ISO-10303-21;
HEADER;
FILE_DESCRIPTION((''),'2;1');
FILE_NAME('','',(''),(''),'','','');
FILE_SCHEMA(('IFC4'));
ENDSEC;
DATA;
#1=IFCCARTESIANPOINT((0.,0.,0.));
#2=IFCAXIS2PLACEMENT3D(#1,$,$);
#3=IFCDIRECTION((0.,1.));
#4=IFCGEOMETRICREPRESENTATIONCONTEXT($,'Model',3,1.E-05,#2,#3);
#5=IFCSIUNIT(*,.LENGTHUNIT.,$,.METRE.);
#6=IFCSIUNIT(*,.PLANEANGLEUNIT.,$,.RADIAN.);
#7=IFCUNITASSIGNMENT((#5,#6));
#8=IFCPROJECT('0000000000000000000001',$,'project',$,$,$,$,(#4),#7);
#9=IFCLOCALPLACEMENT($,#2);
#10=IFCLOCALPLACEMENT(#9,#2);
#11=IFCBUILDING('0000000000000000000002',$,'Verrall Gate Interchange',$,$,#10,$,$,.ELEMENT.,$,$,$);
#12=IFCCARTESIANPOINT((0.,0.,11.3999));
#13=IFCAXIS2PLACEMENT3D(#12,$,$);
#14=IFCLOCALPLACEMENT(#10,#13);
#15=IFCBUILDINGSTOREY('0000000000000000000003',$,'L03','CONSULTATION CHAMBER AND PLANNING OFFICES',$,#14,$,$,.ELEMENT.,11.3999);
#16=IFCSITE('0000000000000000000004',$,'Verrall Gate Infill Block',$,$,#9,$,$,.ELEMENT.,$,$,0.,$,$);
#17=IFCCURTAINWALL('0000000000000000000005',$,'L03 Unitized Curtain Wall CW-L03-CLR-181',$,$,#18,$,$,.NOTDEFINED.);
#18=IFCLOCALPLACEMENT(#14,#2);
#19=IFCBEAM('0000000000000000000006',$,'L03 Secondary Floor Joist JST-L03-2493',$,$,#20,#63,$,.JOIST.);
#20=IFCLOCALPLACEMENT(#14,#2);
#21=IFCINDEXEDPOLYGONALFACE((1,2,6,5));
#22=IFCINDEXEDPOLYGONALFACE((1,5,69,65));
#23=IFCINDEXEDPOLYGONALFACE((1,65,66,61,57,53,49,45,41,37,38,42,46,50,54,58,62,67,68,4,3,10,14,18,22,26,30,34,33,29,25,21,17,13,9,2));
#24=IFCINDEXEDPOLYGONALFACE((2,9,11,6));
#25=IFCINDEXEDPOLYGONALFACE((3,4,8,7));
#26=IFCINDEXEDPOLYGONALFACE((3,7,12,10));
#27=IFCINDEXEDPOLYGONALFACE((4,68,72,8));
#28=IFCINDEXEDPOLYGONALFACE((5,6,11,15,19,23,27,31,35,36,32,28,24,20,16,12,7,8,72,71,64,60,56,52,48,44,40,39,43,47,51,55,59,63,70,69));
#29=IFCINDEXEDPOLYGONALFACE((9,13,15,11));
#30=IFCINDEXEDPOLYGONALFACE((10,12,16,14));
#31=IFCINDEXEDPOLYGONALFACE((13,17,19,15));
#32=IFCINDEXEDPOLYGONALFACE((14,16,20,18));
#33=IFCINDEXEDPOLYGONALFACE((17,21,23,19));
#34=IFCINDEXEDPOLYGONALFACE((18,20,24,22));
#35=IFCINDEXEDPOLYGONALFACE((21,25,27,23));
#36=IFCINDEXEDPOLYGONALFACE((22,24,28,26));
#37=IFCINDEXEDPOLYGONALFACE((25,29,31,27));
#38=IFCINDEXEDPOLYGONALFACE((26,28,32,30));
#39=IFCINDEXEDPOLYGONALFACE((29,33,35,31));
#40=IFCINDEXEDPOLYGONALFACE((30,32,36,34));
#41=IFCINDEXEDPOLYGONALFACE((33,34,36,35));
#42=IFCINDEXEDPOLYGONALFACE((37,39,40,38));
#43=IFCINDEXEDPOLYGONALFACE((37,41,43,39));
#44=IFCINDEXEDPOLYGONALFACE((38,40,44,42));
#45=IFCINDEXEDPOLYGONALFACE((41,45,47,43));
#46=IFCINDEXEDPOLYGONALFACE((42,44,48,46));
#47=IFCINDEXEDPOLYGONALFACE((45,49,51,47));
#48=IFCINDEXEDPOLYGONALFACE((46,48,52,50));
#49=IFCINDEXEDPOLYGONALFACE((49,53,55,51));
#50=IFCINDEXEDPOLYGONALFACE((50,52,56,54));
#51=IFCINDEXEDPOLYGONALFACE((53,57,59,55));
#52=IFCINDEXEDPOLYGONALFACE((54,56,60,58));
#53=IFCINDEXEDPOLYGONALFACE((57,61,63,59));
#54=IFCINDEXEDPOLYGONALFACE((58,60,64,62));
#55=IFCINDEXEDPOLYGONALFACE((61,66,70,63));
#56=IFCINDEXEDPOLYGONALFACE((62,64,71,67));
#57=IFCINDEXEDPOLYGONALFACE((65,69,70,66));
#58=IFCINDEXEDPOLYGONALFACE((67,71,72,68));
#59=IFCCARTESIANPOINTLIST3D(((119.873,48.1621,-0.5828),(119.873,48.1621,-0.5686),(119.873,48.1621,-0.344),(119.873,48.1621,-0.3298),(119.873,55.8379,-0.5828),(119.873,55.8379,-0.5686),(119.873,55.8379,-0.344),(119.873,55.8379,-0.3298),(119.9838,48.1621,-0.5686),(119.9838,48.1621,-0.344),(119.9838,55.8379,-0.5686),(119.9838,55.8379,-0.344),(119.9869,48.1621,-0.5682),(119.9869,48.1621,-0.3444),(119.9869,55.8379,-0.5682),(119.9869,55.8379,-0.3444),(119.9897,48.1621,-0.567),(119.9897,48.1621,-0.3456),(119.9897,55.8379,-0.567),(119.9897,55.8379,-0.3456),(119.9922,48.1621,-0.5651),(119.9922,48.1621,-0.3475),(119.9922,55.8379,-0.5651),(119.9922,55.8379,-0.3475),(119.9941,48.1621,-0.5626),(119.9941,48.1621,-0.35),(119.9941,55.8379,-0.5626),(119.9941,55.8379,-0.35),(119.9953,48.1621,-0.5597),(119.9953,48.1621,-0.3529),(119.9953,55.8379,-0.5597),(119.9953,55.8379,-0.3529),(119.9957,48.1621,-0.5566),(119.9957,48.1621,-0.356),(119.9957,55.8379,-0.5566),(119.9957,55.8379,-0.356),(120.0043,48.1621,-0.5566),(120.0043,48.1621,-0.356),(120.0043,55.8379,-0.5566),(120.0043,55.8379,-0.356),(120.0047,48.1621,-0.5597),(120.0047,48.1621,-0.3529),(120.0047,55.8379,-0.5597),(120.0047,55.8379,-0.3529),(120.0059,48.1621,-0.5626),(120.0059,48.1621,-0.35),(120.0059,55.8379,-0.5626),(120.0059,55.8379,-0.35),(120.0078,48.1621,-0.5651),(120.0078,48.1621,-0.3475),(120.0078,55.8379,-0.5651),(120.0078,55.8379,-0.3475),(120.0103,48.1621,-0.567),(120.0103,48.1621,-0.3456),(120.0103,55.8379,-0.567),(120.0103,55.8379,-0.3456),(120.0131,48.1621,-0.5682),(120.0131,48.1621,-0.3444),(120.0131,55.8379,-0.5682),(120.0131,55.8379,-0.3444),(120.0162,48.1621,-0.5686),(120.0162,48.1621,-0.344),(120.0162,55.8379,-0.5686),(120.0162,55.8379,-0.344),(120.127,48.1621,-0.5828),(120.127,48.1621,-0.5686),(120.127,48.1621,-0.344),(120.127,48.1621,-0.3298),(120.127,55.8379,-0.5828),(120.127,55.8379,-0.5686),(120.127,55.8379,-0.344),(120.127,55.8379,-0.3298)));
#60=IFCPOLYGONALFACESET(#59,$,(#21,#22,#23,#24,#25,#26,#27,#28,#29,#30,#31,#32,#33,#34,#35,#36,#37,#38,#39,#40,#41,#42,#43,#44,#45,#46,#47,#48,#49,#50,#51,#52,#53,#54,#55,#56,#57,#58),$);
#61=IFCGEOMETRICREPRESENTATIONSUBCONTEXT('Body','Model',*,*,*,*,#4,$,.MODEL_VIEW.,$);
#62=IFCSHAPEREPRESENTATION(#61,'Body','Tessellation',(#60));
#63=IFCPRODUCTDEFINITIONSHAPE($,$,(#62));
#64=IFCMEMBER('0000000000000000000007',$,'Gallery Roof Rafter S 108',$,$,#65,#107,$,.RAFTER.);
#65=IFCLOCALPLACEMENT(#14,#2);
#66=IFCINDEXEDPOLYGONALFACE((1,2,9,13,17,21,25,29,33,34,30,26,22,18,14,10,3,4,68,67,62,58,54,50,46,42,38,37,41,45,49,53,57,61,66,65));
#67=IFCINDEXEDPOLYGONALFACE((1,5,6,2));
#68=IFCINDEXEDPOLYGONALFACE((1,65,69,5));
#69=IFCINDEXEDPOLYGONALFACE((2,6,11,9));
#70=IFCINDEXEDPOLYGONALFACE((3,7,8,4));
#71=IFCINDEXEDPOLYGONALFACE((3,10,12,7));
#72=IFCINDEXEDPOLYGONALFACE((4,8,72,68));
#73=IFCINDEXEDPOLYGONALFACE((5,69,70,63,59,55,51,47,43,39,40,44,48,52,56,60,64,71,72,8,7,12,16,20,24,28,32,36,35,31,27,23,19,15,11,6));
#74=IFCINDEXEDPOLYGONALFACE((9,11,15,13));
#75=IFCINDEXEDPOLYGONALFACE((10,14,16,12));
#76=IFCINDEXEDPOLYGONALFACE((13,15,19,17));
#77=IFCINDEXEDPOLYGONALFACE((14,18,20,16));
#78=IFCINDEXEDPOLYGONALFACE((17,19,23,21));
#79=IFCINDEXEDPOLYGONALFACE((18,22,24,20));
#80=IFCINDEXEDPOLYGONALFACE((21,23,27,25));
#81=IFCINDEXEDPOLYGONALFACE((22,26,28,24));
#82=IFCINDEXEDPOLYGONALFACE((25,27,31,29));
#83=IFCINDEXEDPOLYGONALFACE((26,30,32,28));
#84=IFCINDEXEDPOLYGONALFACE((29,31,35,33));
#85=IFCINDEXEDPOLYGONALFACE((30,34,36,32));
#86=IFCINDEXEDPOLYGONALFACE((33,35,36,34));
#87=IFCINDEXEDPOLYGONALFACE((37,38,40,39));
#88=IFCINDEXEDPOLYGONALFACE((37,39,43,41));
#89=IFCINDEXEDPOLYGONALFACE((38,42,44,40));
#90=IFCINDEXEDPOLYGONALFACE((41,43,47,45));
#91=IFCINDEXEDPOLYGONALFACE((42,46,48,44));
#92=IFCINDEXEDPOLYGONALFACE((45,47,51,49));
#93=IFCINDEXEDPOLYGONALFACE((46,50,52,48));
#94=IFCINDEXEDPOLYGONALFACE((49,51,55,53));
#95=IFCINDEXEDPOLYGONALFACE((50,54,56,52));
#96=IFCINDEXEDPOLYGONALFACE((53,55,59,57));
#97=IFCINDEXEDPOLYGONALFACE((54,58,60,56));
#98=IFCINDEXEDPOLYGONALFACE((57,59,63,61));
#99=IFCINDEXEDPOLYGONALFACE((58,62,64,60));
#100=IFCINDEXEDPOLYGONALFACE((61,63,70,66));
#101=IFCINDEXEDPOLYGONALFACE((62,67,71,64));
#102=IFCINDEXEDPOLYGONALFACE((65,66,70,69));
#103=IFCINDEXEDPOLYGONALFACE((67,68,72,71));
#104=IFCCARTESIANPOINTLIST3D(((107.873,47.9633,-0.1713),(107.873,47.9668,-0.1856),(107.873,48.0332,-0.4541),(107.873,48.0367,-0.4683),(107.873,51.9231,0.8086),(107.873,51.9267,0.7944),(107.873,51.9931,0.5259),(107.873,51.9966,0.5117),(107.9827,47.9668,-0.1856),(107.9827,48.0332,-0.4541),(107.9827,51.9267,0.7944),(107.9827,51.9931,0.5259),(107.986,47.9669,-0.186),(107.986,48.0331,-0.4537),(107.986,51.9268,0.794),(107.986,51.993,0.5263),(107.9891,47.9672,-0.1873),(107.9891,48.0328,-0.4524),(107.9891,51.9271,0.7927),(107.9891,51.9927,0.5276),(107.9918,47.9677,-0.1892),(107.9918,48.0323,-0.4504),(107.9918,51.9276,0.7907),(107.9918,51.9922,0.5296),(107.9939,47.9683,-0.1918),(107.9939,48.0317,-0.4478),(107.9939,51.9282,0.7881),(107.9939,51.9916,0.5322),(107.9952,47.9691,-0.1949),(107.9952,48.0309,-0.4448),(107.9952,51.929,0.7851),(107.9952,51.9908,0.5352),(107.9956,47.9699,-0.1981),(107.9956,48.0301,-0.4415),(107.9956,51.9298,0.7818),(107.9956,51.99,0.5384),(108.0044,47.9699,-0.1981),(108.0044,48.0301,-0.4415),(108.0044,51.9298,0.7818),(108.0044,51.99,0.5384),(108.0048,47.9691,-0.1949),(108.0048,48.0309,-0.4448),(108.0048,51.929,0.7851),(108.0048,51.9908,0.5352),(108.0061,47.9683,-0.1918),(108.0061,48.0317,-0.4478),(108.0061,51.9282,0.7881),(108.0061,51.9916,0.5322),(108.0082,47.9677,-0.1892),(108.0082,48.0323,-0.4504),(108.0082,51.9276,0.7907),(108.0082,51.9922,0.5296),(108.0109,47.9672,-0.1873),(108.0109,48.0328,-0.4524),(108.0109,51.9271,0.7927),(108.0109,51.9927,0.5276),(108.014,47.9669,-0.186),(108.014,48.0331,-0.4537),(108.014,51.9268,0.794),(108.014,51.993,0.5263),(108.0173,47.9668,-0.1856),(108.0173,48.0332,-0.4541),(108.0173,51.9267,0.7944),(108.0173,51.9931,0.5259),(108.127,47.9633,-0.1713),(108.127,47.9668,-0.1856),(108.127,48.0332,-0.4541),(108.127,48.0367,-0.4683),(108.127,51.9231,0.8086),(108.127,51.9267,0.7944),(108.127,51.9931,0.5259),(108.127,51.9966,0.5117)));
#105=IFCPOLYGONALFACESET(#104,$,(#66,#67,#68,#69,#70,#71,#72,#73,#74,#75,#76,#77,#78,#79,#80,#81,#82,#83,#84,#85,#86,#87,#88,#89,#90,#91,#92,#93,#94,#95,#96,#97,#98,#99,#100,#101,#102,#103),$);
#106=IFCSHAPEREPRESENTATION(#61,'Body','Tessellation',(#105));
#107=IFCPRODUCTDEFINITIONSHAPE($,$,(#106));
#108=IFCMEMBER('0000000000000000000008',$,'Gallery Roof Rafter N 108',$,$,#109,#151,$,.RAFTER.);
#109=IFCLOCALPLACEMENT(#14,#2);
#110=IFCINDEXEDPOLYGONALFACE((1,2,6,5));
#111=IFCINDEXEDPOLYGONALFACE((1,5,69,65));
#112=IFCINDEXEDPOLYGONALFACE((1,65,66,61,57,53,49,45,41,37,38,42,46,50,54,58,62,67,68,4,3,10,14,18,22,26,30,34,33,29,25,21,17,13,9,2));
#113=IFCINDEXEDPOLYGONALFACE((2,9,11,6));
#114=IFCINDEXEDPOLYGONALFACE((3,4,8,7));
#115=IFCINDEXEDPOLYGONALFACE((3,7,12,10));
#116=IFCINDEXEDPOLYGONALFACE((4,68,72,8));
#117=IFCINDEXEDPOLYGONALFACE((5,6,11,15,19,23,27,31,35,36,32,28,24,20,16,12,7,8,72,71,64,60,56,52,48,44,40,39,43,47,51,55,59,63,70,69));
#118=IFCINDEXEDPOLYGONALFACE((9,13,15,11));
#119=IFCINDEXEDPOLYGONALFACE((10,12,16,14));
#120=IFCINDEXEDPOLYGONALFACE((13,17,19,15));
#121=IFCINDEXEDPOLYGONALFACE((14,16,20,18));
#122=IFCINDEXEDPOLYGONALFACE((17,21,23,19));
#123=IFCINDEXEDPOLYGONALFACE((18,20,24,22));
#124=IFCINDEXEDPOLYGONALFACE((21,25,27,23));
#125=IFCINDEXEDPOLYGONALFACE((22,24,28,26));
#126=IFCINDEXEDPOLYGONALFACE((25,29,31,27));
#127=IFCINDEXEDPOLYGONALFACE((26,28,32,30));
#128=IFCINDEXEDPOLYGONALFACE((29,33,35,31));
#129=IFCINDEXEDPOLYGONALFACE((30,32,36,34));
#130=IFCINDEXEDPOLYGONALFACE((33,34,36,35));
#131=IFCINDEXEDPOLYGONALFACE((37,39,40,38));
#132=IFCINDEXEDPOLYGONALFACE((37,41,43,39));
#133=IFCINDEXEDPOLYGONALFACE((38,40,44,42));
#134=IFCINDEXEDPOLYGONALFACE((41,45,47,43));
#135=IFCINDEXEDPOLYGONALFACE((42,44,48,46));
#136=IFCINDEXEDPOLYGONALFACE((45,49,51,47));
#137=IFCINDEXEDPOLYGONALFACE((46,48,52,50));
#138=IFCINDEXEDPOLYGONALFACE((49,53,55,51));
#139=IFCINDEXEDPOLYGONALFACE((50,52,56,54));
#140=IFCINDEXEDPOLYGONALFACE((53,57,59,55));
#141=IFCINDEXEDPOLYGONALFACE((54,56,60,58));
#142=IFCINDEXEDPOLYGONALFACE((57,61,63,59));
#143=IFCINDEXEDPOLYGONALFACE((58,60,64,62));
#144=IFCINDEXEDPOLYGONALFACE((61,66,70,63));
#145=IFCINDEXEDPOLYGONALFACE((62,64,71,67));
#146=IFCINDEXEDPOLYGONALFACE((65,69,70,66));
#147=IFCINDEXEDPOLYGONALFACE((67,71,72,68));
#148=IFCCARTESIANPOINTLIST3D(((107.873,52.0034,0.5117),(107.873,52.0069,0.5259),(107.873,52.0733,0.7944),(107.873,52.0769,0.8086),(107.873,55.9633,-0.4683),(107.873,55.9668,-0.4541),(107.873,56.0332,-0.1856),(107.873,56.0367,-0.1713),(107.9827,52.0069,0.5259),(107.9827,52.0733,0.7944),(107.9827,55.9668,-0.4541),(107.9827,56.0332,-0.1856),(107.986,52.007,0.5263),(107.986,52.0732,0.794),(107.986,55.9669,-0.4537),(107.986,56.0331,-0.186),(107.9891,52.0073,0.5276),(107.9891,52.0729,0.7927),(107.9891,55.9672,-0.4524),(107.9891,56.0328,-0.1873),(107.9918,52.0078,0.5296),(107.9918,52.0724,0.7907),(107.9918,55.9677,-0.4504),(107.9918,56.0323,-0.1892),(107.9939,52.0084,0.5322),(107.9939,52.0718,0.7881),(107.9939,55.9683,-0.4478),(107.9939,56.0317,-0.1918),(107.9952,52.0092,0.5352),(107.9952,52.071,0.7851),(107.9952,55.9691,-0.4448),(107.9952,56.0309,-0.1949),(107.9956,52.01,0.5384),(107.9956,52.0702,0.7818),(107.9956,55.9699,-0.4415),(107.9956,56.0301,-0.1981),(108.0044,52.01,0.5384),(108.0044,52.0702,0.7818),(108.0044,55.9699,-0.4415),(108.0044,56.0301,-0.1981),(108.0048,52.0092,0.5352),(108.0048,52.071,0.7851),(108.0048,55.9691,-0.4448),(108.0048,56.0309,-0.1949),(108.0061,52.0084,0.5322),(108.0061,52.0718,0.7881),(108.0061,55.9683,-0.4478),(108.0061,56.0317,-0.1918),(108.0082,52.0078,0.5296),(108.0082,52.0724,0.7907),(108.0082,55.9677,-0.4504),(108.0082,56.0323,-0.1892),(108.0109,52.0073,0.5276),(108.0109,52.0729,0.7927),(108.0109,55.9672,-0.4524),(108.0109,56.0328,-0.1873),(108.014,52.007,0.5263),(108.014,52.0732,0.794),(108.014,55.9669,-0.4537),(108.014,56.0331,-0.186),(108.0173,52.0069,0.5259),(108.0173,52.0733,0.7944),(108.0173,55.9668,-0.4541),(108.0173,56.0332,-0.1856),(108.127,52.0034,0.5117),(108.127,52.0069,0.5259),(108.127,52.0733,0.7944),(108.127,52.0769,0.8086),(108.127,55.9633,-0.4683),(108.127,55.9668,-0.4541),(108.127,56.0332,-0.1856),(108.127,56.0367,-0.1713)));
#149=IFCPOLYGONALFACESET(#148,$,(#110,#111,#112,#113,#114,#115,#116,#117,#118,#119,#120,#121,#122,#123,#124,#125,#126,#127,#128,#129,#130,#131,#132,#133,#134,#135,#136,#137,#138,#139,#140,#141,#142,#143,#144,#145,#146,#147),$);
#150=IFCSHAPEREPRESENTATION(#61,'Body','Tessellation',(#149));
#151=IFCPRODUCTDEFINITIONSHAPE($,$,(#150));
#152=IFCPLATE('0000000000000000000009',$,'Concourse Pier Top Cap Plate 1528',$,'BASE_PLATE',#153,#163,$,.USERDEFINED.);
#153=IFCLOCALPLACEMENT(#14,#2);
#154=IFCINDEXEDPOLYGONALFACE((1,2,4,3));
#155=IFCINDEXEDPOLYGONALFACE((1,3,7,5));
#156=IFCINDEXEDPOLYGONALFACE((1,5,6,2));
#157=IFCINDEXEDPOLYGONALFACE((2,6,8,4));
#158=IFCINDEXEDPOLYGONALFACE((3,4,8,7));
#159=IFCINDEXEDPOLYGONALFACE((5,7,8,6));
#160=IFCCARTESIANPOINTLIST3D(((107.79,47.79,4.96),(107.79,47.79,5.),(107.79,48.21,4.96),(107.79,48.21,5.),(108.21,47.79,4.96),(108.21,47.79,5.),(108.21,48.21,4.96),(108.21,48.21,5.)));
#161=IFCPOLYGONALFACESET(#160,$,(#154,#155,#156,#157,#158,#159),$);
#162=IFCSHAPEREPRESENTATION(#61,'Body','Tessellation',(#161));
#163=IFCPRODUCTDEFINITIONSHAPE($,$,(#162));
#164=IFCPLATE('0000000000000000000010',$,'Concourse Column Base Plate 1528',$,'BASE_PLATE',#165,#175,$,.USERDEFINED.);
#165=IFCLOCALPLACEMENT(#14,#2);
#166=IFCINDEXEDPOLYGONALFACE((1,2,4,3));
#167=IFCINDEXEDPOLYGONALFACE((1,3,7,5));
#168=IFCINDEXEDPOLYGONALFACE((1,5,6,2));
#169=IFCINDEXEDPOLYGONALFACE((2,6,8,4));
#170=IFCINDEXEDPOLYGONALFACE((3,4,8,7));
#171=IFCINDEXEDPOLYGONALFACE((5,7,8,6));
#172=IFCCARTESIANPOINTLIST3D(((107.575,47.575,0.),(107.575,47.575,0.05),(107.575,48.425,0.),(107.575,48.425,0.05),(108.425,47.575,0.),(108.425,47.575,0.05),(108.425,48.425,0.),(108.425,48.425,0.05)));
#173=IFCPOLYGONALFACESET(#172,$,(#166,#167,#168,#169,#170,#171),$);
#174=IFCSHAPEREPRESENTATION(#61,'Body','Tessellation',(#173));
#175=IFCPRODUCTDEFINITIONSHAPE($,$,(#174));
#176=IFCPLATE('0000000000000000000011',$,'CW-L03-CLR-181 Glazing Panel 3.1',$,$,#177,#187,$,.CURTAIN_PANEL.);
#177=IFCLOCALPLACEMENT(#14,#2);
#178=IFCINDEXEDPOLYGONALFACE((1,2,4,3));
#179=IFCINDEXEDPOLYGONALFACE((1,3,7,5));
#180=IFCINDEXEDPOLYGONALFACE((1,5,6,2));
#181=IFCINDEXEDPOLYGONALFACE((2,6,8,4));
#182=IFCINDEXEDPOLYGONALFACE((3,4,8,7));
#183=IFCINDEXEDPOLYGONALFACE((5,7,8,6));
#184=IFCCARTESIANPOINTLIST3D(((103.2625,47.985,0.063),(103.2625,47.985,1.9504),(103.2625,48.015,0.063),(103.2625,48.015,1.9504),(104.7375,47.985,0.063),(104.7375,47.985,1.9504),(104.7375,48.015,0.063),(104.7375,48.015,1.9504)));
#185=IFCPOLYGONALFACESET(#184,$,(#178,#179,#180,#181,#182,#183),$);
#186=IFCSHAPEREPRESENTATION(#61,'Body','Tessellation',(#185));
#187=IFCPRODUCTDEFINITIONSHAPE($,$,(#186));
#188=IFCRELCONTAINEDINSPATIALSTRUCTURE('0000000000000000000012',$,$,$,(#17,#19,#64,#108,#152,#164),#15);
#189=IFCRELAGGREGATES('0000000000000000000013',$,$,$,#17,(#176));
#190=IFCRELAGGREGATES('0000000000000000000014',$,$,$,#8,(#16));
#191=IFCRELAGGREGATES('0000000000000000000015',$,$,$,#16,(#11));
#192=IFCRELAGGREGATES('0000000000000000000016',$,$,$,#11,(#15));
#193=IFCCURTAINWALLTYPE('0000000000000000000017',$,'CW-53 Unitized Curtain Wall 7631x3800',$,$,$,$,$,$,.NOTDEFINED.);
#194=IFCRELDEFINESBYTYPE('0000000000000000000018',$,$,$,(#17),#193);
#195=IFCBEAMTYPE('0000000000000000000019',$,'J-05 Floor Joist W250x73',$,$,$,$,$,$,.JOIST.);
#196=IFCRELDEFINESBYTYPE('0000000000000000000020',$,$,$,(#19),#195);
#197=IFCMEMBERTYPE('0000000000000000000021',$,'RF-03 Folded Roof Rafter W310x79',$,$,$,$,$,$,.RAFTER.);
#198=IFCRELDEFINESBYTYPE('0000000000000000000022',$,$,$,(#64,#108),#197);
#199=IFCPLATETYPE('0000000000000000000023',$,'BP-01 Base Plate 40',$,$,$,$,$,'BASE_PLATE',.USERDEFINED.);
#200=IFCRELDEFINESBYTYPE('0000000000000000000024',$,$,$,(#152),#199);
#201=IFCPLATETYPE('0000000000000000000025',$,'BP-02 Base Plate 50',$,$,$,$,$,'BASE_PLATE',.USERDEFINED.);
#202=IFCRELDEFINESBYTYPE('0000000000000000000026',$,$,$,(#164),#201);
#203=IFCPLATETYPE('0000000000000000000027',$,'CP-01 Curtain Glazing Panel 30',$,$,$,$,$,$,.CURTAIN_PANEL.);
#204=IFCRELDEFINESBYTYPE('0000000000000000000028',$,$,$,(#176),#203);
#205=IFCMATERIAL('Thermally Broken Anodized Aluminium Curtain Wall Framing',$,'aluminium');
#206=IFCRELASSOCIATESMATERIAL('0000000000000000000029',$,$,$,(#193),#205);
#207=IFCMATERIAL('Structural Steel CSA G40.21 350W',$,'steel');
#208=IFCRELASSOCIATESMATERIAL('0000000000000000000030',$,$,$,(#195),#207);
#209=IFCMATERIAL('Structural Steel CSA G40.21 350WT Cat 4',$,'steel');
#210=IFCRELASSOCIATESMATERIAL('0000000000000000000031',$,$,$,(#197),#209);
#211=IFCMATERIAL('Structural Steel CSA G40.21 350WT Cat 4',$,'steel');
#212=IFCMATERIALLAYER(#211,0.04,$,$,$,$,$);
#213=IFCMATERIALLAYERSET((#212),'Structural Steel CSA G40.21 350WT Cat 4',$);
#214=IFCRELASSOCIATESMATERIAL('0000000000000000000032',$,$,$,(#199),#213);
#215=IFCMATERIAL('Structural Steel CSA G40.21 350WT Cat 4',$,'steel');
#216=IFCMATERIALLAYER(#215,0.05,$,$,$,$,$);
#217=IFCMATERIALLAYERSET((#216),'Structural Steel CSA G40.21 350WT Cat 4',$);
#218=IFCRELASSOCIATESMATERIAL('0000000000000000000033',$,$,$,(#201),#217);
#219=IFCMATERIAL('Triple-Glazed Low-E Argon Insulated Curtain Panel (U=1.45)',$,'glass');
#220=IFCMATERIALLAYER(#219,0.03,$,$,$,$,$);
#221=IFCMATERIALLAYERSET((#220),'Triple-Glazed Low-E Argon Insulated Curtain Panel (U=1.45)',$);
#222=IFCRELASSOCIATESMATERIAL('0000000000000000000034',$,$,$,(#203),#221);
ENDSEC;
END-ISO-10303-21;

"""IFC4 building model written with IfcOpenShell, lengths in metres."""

from ifc_helpers import new_model, si_unit, direction, frame, origin, origin_2d, place, context, subcontext, project, spatial, rectangle, i_section, extrude, material, layer, layer_set, material_profile, profile_set, type_object, element, aggregate, save


model = new_model("IFC4")

# Units and contexts
model_context = context("Model", 3, precision=1e-05, world=origin(), true_north=direction((0.0, 1.0)))
body_context = subcontext(model_context, "Body", "Model", "MODEL_VIEW")
ifc_project = project(units=[si_unit("LENGTHUNIT", "METRE"), si_unit("PLANEANGLEUNIT", "RADIAN")], contexts=[model_context])

# Site, building, storey
site_placement = place(None, origin())
site = spatial("IfcSite", under=ifc_project, at=site_placement, Name="Verrall Gate Infill Block", CompositionType="ELEMENT", RefElevation=0.0)
building_placement = place(site_placement, origin())
building = spatial("IfcBuilding", under=site, at=building_placement, Name="Verrall Gate Interchange", CompositionType="ELEMENT")
storey_placement = place(building_placement, frame((0.0, 0.0, 11.3999)))
storey = spatial("IfcBuildingStorey", under=building, at=storey_placement, Name="L03", Description="CONSULTATION CHAMBER AND PLANNING OFFICES", CompositionType="ELEMENT", Elevation=11.3999)

# Curtain wall
ifc_material_1 = material(Name="Thermally Broken Anodized Aluminium Curtain Wall Framing", Category="aluminium")
curtain_wall_type = type_object("IfcCurtainWallType", Name="CW-53 Unitized Curtain Wall 7631x3800", PredefinedType="NOTDEFINED", material=ifc_material_1)
curtain_wall_placement = place(storey_placement, origin())
curtain_wall = element("IfcCurtainWall", 1, at=curtain_wall_placement, inside=storey, type_object=curtain_wall_type, Name="L03 Unitized Curtain Wall CW-L03-CLR-181", PredefinedType="NOTDEFINED")

# Beam
ifc_material_2 = material(Name="Structural Steel CSA G40.21 350W", Category="steel")
ifc_material_profile_1 = material_profile(ifc_material_2, i_section(OverallWidth=0.2539, OverallDepth=0.2529, WebThickness=0.0085, FlangeThickness=0.0142, FilletRadius=0.012, at=origin_2d()), Name="W250x73")
ifc_profile_set_1 = profile_set([ifc_material_profile_1], Name="Structural Steel CSA G40.21 350W")
beam_type_1 = type_object("IfcBeamType", Name="J-05 Floor Joist W250x73", PredefinedType="JOIST", material=ifc_profile_set_1)
beam_1_placement = place(storey_placement, frame((120.0, 48.1621, -0.4563), z_axis=(0.0, 1.0, 0.0), x_axis=(-1.0, 0.0, 0.0)))
element("IfcBeam", 2, at=beam_1_placement, inside=storey, type_object=beam_type_1, Name="L03 Secondary Floor Joist JST-L03-2493", PredefinedType="JOIST", context=body_context, shape_type="SweptSolid", body=[
    extrude(i_section(OverallWidth=0.2539, OverallDepth=0.2529, WebThickness=0.0085, FlangeThickness=0.0142, FilletRadius=0.012, at=origin_2d()), origin(), (0.0, 0.0, 1.0), 7.6758),
])

# Members
ifc_material_3 = material(Name="Structural Steel CSA G40.21 350WT Cat 4", Category="steel")
ifc_material_profile_2 = material_profile(ifc_material_3, i_section(OverallWidth=0.2539, OverallDepth=0.3059, WebThickness=0.0088, FlangeThickness=0.0146, FilletRadius=0.0129, at=origin_2d()), Name="W310x79")
ifc_profile_set_2 = profile_set([ifc_material_profile_2], Name="Structural Steel CSA G40.21 350WT Cat 4")
member_type_1 = type_object("IfcMemberType", Name="RF-03 Folded Roof Rafter W310x79", PredefinedType="RAFTER", material=ifc_profile_set_2)
for number, where, z_axis, x_axis, name in (
    (3, (108.0, 48.0, -0.3198), (0.0, 0.970717, 0.240226), (-1.0, 0.0, 0.0), "Gallery Roof Rafter S 108"),
    (4, (108.0, 56.0, -0.3198), (0.0, -0.970717, 0.240226), (1.0, 0.0, 0.0), "Gallery Roof Rafter N 108"),
):
    element("IfcMember", number, at=place(storey_placement, frame(where, z_axis=z_axis, x_axis=x_axis)), inside=storey, type_object=member_type_1, Name=name, PredefinedType="RAFTER", context=body_context, shape_type="SweptSolid", body=[
        extrude(i_section(OverallWidth=0.2539, OverallDepth=0.3059, WebThickness=0.0088, FlangeThickness=0.0146, FilletRadius=0.0129, at=origin_2d()), origin(), (0.0, 0.0, 1.0), 4.0793),
    ])

# Plates
ifc_material_4 = material(Name="Structural Steel CSA G40.21 350WT Cat 4", Category="steel")
ifc_layer_1 = layer(ifc_material_4, 0.04)
ifc_layer_set_1 = layer_set([ifc_layer_1], Name="Structural Steel CSA G40.21 350WT Cat 4")
plate_type_1 = type_object("IfcPlateType", Name="BP-01 Base Plate 40", ElementType="BASE_PLATE", PredefinedType="USERDEFINED", material=ifc_layer_set_1)
plate_1_placement = place(storey_placement, frame((108.0, 48.0, 4.96), z_axis=(0.0, 0.0, 1.0), x_axis=(1.0, 0.0, 0.0)))
element("IfcPlate", 5, at=plate_1_placement, inside=storey, type_object=plate_type_1, Name="Concourse Pier Top Cap Plate 1528", ObjectType="BASE_PLATE", PredefinedType="USERDEFINED", context=body_context, shape_type="SweptSolid", body=[
    extrude(rectangle(XDim=0.4199, YDim=0.4199, at=origin_2d()), origin(), (0.0, 0.0, 1.0), 0.04),
])
ifc_material_5 = material(Name="Structural Steel CSA G40.21 350WT Cat 4", Category="steel")
ifc_layer_2 = layer(ifc_material_5, 0.05)
ifc_layer_set_2 = layer_set([ifc_layer_2], Name="Structural Steel CSA G40.21 350WT Cat 4")
plate_type_2 = type_object("IfcPlateType", Name="BP-02 Base Plate 50", ElementType="BASE_PLATE", PredefinedType="USERDEFINED", material=ifc_layer_set_2)
plate_2_placement = place(storey_placement, frame((108.0, 48.0, 0.0), z_axis=(0.0, 0.0, 1.0), x_axis=(1.0, 0.0, 0.0)))
element("IfcPlate", 6, at=plate_2_placement, inside=storey, type_object=plate_type_2, Name="Concourse Column Base Plate 1528", ObjectType="BASE_PLATE", PredefinedType="USERDEFINED", context=body_context, shape_type="SweptSolid", body=[
    extrude(rectangle(XDim=0.8501, YDim=0.8501, at=origin_2d()), origin(), (0.0, 0.0, 1.0), 0.05),
])

# Plate
ifc_material_6 = material(Name="Triple-Glazed Low-E Argon Insulated Curtain Panel (U=1.45)", Category="glass")
ifc_layer_3 = layer(ifc_material_6, 0.03)
ifc_layer_set_3 = layer_set([ifc_layer_3], Name="Triple-Glazed Low-E Argon Insulated Curtain Panel (U=1.45)")
plate_type_3 = type_object("IfcPlateType", Name="CP-01 Curtain Glazing Panel 30", PredefinedType="CURTAIN_PANEL", material=ifc_layer_set_3)
plate_3_placement = place(storey_placement, frame((104.0, 48.0, 0.063), z_axis=(0.0, 0.0, 1.0), x_axis=(1.0, 0.0, 0.0)))
plate_3 = element("IfcPlate", 7, at=plate_3_placement, type_object=plate_type_3, Name="CW-L03-CLR-181 Glazing Panel 3.1", PredefinedType="CURTAIN_PANEL", context=body_context, shape_type="SweptSolid", body=[
    extrude(rectangle(XDim=1.4751, YDim=0.03, at=origin_2d()), origin(), (0.0, 0.0, 1.0), 1.8875),
])
aggregate(curtain_wall, [plate_3])

save(model, "model.ifc")
